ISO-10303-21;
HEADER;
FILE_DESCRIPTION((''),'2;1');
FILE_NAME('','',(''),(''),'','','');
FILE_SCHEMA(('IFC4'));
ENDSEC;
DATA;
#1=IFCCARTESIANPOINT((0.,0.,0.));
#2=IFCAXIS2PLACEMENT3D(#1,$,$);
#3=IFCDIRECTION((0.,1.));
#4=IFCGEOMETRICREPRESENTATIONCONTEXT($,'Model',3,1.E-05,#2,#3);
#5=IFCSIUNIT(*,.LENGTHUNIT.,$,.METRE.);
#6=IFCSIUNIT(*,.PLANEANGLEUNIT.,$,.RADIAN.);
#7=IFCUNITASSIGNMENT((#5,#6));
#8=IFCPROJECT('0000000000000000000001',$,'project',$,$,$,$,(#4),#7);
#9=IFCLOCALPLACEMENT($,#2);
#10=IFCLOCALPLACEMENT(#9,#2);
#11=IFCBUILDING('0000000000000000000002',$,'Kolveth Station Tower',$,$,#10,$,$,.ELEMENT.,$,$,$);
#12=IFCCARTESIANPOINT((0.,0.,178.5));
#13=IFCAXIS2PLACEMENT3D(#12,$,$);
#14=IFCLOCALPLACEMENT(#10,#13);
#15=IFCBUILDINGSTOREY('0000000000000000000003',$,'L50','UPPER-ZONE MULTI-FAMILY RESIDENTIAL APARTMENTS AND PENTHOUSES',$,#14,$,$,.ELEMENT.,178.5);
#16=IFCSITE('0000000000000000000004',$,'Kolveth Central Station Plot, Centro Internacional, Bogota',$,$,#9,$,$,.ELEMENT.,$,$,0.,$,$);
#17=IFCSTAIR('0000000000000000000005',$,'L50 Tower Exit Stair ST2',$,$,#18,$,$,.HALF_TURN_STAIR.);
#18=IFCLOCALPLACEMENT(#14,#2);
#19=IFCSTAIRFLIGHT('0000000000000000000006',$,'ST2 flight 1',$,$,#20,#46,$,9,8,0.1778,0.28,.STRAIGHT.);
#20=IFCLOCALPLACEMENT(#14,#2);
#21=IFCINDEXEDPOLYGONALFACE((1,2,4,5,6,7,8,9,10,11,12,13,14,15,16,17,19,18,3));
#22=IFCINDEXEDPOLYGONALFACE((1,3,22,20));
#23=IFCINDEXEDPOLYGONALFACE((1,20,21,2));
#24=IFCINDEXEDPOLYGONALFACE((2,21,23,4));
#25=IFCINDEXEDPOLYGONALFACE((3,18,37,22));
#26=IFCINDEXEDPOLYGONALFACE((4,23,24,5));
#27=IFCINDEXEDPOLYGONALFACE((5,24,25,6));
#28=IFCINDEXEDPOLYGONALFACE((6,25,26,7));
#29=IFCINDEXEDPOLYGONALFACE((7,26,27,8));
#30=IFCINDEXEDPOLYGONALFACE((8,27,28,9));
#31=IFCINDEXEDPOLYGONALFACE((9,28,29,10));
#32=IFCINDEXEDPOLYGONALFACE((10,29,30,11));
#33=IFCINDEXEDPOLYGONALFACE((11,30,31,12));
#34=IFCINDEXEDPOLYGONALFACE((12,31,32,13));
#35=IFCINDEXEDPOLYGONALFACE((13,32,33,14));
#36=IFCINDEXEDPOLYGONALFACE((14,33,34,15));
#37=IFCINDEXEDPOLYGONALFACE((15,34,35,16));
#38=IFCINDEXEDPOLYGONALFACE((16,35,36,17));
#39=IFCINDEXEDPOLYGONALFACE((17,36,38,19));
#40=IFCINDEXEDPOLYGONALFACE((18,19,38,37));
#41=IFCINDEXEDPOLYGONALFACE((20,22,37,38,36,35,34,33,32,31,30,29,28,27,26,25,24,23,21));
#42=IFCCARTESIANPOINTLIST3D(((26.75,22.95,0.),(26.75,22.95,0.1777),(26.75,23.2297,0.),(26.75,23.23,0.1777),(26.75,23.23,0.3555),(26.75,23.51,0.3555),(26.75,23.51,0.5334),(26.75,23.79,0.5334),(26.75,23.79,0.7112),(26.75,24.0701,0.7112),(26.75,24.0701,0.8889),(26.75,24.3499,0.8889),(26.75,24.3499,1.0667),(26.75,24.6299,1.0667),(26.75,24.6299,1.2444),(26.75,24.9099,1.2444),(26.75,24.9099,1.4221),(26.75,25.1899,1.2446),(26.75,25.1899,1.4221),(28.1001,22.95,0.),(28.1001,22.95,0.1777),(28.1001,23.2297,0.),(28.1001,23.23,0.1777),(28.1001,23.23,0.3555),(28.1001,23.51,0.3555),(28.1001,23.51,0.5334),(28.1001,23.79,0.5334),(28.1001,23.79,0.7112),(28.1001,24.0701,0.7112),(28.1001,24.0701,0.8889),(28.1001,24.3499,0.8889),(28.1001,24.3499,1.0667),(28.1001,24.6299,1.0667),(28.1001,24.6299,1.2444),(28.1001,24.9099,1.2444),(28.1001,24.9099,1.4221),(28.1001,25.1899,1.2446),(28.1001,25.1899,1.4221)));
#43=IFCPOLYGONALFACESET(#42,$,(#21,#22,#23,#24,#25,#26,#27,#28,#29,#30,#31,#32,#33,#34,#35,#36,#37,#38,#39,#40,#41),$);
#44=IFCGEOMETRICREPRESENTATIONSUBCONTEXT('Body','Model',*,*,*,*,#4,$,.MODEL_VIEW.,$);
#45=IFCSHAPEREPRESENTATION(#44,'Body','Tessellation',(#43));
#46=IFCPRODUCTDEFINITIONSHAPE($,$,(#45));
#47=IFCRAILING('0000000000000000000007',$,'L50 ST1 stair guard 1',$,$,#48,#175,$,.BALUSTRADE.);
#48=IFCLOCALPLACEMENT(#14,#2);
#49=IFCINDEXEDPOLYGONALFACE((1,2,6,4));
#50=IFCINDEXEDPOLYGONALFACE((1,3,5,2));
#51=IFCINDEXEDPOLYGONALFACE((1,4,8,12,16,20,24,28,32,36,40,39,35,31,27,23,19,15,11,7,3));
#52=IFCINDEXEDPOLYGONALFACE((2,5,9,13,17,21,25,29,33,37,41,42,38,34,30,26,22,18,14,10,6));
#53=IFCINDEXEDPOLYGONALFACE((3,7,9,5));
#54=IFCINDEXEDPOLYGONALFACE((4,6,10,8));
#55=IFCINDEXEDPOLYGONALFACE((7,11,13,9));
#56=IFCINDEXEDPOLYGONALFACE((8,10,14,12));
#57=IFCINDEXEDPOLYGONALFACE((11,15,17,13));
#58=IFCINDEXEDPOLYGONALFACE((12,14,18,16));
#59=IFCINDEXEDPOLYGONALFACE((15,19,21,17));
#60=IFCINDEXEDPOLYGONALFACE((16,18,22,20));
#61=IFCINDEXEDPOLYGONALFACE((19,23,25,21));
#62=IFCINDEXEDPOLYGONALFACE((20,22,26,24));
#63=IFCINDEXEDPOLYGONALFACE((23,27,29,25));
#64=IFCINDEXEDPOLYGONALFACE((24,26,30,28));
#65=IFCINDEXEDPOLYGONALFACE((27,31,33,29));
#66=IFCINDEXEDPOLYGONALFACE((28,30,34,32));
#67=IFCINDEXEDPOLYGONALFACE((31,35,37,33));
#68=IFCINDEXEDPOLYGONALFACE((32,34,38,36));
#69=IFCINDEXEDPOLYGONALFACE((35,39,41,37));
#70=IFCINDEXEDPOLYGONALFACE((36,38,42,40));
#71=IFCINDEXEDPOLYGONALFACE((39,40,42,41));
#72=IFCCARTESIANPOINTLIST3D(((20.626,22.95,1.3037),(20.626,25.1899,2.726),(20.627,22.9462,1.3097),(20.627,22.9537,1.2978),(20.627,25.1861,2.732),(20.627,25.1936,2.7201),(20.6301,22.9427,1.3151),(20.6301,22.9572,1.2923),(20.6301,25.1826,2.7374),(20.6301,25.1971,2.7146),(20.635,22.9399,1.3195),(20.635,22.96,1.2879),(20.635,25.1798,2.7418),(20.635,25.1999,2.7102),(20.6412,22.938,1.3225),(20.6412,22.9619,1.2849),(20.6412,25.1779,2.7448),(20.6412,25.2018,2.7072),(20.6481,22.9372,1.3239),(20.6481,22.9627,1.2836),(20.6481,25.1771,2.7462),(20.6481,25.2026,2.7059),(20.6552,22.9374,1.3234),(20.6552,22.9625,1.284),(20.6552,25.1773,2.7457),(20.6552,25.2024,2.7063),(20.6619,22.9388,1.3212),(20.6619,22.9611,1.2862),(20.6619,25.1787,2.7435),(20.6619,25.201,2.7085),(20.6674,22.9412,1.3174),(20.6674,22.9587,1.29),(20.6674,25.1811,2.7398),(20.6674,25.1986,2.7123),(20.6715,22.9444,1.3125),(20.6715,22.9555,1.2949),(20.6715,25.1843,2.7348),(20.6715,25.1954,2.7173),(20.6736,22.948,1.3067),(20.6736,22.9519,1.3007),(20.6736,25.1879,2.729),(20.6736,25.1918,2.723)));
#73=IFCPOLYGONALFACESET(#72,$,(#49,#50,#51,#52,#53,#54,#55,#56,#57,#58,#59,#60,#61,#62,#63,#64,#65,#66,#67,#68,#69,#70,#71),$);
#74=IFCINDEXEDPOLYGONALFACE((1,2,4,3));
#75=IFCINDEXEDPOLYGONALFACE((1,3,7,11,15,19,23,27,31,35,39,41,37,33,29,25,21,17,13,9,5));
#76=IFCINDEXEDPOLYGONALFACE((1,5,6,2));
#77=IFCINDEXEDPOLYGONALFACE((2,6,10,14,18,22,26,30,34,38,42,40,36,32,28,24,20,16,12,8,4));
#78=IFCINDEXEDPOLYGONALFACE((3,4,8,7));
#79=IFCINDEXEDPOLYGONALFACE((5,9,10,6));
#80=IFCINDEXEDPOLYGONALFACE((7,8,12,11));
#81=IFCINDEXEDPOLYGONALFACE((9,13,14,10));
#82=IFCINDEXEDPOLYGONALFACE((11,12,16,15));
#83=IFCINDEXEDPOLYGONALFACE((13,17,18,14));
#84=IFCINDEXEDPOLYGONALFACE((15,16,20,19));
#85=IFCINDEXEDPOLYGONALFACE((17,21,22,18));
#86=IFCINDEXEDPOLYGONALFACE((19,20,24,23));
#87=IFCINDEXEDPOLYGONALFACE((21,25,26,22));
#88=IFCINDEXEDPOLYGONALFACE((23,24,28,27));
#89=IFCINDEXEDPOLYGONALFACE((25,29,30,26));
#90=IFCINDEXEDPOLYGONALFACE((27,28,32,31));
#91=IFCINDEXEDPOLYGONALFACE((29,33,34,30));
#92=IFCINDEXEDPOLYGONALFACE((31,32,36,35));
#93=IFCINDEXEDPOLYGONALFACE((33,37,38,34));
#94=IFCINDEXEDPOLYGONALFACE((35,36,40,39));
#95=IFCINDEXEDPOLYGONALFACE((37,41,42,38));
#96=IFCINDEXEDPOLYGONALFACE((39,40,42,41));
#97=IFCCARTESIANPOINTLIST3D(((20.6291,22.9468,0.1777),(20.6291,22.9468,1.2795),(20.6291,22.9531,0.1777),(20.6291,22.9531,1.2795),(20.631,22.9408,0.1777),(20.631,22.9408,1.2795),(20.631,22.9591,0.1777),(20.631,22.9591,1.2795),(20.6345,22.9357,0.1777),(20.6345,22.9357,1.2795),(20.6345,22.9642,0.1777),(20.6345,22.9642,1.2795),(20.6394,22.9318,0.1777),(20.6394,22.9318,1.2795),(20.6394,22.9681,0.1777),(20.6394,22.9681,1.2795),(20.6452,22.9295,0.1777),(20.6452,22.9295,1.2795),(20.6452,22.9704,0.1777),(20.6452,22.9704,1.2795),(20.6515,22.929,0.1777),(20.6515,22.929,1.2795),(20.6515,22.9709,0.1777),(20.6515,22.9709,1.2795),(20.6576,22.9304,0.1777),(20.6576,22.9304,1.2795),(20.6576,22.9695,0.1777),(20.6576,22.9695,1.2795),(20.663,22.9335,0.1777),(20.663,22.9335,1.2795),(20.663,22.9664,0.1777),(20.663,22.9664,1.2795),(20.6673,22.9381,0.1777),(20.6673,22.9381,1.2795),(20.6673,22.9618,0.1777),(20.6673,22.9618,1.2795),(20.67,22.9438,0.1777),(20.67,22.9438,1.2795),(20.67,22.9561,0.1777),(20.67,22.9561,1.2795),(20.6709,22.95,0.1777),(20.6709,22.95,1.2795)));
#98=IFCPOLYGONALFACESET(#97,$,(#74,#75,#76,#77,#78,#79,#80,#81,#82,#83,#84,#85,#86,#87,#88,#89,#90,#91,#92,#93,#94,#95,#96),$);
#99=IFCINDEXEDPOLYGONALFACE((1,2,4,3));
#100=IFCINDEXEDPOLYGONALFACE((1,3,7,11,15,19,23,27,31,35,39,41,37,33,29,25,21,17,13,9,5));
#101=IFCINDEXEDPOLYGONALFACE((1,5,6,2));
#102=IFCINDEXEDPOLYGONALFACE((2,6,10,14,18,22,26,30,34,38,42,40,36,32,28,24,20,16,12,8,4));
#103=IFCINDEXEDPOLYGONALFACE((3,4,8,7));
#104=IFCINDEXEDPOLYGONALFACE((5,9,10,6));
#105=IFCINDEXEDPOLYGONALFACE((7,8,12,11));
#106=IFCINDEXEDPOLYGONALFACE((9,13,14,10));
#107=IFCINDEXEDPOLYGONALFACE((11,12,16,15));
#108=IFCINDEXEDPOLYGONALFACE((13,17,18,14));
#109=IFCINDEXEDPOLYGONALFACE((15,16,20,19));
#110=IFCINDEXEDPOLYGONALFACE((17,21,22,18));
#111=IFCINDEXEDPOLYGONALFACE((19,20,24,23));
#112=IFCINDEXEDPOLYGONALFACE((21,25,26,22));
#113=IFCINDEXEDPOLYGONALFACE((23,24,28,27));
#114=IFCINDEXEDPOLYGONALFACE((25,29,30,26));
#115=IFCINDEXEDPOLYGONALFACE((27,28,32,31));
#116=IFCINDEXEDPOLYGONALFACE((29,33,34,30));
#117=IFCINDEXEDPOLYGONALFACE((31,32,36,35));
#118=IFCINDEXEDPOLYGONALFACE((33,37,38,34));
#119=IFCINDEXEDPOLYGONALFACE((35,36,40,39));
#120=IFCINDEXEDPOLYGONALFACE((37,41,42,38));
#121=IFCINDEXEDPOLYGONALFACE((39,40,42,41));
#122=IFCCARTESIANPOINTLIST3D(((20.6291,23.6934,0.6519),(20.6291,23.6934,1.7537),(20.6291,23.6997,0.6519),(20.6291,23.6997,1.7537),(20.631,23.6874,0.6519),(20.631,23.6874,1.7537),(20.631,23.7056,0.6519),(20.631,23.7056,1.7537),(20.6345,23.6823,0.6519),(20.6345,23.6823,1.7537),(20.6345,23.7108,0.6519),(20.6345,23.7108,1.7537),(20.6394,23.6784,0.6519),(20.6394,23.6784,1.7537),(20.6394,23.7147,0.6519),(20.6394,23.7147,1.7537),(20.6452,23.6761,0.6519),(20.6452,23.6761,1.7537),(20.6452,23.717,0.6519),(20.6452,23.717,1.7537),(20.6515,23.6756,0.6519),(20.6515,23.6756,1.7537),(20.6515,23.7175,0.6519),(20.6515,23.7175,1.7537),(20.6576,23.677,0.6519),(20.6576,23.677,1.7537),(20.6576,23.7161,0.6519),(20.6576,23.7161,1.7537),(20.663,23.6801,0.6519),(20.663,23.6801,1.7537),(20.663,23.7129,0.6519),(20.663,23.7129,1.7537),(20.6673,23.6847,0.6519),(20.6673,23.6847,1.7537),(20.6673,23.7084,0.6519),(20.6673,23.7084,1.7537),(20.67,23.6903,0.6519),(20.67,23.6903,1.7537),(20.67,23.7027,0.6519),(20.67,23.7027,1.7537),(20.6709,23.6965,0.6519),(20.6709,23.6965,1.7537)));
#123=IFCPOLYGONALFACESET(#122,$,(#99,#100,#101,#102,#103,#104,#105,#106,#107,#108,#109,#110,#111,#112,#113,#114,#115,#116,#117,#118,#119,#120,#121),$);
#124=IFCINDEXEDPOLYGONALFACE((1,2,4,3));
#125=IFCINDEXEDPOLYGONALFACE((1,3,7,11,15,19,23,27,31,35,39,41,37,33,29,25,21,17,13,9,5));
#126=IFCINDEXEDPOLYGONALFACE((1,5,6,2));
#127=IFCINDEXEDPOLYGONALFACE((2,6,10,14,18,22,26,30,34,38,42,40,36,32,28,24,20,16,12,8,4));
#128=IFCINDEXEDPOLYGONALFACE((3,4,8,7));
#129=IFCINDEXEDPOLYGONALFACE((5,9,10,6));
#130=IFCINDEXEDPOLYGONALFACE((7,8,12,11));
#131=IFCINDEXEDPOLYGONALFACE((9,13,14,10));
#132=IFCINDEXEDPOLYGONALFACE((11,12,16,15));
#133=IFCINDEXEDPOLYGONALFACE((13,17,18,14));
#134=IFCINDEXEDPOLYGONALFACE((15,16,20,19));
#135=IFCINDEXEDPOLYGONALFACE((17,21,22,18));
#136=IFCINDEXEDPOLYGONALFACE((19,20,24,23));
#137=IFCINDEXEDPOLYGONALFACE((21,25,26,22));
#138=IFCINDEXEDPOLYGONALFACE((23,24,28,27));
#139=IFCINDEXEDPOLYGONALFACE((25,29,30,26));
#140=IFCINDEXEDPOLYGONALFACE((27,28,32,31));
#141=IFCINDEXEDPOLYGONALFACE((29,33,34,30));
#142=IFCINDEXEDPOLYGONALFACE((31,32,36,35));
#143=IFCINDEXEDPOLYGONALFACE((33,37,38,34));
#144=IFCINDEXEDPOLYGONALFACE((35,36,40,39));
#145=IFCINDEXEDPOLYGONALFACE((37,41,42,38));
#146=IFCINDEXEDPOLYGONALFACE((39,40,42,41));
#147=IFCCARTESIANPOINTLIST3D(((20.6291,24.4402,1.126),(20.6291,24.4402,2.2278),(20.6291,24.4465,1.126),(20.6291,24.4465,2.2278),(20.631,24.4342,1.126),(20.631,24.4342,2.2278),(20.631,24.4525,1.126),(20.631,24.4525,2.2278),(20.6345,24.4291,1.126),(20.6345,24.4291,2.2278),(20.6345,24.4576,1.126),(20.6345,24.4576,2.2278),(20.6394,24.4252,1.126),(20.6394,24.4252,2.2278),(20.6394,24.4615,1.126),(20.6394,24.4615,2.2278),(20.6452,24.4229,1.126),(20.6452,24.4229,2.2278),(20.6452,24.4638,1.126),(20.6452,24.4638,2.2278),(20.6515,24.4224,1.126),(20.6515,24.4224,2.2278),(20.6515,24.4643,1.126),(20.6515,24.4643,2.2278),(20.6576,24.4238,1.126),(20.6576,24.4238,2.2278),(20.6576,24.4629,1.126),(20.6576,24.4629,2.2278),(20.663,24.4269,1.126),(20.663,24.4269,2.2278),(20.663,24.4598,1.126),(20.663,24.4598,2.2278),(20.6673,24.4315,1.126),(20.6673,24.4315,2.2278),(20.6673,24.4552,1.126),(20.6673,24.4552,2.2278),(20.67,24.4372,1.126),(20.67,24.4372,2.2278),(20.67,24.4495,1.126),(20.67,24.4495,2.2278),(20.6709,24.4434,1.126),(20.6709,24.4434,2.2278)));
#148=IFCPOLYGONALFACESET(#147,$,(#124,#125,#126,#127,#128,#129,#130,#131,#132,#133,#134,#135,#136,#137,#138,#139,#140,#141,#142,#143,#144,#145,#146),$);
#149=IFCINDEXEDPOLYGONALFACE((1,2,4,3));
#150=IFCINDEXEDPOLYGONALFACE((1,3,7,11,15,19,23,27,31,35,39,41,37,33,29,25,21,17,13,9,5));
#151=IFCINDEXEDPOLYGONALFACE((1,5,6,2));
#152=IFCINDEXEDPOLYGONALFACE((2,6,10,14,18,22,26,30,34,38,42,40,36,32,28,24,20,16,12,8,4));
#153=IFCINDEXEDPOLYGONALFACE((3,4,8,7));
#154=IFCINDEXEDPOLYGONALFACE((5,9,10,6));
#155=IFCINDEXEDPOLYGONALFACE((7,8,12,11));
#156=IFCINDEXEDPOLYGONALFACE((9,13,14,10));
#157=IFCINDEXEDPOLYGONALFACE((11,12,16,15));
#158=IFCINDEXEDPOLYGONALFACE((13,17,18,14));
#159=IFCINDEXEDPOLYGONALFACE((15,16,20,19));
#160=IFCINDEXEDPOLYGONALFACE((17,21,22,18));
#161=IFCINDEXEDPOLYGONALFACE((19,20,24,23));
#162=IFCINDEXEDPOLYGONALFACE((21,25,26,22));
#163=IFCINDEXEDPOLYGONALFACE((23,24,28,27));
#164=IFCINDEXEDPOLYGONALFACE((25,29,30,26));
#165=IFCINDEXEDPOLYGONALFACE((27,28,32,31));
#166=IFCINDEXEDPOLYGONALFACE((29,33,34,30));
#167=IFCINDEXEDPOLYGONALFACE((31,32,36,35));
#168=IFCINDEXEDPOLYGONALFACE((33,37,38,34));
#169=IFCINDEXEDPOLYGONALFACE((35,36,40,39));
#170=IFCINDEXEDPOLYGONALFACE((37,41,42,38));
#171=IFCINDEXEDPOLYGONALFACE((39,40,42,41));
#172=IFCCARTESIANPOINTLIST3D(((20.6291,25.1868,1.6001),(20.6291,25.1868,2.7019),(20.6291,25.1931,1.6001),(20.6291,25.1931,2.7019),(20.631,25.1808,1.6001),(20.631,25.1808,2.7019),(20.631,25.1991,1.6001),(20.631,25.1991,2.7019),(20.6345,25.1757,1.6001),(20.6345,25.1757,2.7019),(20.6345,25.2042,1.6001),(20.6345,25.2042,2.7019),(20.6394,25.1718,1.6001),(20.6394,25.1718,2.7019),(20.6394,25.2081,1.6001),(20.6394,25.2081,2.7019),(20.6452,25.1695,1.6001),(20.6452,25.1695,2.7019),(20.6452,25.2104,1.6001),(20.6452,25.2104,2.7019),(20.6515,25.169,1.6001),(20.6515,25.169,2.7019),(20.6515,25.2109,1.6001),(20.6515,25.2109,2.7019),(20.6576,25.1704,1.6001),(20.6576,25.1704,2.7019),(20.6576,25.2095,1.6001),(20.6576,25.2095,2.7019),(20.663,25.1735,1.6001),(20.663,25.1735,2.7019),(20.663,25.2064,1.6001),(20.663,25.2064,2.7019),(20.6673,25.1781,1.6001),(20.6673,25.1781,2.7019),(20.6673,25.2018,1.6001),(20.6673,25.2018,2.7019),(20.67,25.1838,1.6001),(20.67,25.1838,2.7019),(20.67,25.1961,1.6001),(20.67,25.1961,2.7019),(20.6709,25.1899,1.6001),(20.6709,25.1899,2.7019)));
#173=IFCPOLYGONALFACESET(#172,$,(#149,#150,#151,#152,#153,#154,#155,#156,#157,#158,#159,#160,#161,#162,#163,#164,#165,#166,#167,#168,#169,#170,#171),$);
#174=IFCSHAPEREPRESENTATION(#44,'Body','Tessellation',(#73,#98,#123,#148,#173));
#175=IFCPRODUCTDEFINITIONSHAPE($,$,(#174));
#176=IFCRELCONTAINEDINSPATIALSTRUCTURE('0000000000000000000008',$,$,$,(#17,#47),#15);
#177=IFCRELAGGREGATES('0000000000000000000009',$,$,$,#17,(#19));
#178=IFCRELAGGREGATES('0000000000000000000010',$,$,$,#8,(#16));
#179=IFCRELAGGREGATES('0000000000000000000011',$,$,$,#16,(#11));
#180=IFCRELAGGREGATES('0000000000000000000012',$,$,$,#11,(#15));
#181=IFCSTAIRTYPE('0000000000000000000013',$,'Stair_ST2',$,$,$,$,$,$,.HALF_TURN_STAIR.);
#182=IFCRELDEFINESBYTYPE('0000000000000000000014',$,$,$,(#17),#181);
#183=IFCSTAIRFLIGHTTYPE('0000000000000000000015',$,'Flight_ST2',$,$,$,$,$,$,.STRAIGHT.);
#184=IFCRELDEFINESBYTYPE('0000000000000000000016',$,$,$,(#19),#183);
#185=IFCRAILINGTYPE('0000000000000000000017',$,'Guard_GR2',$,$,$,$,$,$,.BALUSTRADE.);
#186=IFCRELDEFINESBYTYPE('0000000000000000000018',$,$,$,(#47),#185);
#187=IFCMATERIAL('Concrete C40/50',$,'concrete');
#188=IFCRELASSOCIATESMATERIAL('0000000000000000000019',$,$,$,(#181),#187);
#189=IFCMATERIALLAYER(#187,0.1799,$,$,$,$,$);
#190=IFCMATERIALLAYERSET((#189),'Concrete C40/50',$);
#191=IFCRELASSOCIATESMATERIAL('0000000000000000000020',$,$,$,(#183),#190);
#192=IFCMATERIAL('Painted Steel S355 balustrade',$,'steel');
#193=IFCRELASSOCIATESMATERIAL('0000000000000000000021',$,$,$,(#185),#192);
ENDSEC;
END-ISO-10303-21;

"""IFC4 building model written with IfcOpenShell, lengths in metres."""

from ifc_helpers import new_model, si_unit, direction, frame, origin, origin_2d, place, context, subcontext, project, spatial, polyline, circle, outline, extrude, material, layer, layer_set, type_object, element, aggregate, save


model = new_model("IFC4")

# Units and contexts
model_context = context("Model", 3, precision=1e-05, world=origin(), true_north=direction((0.0, 1.0)))
body_context = subcontext(model_context, "Body", "Model", "MODEL_VIEW")
ifc_project = project(units=[si_unit("LENGTHUNIT", "METRE"), si_unit("PLANEANGLEUNIT", "RADIAN")], contexts=[model_context])

# Site, building, storey
site_placement = place(None, origin())
site = spatial("IfcSite", under=ifc_project, at=site_placement, Name="Kolveth Central Station Plot, Centro Internacional, Bogota", CompositionType="ELEMENT", RefElevation=0.0)
building_placement = place(site_placement, origin())
building = spatial("IfcBuilding", under=site, at=building_placement, Name="Kolveth Station Tower", CompositionType="ELEMENT")
storey_placement = place(building_placement, frame((0.0, 0.0, 178.5)))
storey = spatial("IfcBuildingStorey", under=building, at=storey_placement, Name="L50", Description="UPPER-ZONE MULTI-FAMILY RESIDENTIAL APARTMENTS AND PENTHOUSES", CompositionType="ELEMENT", Elevation=178.5)

# Shared definitions
ifc_material_1 = material(Name="Concrete C40/50", Category="concrete")

# Stair, stair flight
stair_type_1 = type_object("IfcStairType", Name="Stair_ST2", PredefinedType="HALF_TURN_STAIR", material=ifc_material_1)
stair_1_placement = place(storey_placement, origin())
stair_1 = element("IfcStair", 1, at=stair_1_placement, inside=storey, type_object=stair_type_1, Name="L50 Tower Exit Stair ST2", PredefinedType="HALF_TURN_STAIR")
ifc_layer_1 = layer(ifc_material_1, 0.1799)
ifc_layer_set_1 = layer_set([ifc_layer_1], Name="Concrete C40/50")
stair_flight_type_1 = type_object("IfcStairFlightType", Name="Flight_ST2", PredefinedType="STRAIGHT", material=ifc_layer_set_1)
stair_flight_1_placement = place(storey_placement, frame((27.425, 22.95, 0.0), z_axis=(0.0, 0.0, 1.0), x_axis=(0.0, 1.0, 0.0)))
stair_flight_1 = element("IfcStairFlight", 2, at=stair_flight_1_placement, type_object=stair_flight_type_1, Name="ST2 flight 1", NumberOfRisers=9, NumberOfTreads=8, PredefinedType="STRAIGHT", RiserHeight=0.1778, TreadLength=0.28, context=body_context, shape_type="SweptSolid", body=[
    extrude(outline(polyline([(0.0, 0.0), (0.0, 0.1777), (0.28, 0.1777), (0.28, 0.3555), (0.5601, 0.3555), (0.5601, 0.5334), (0.8401, 0.5334), (0.8401, 0.7112), (1.1201, 0.7112), (1.1201, 0.8889), (1.3999, 0.8889), (1.3999, 1.0667), (1.6799, 1.0667), (1.6799, 1.2444), (1.96, 1.2444), (1.96, 1.4221), (2.24, 1.4221), (2.24, 1.6001), (2.24, 1.2446), (0.2798, 0.0), (0.0, 0.0)])), frame((0.0, 0.675, 0.0), z_axis=(0.0, -1.0, 0.0), x_axis=(1.0, 0.0, 0.0)), (0.0, 0.0, 1.0), 1.3501),
])
aggregate(stair_1, [stair_flight_1])

# Railing
ifc_material_2 = material(Name="Painted Steel S355 balustrade", Category="steel")
railing_type_1 = type_object("IfcRailingType", Name="Guard_GR2", PredefinedType="BALUSTRADE", material=ifc_material_2)
for number, where, name in (
    (3, (20.6499, 22.95, 0.1777), "L50 ST1 stair guard 1"),
):
    element("IfcRailing", number, at=place(storey_placement, frame(where)), inside=storey, type_object=railing_type_1, Name=name, PredefinedType="BALUSTRADE", context=body_context, shape_type="SweptSolid", body=[
        extrude(circle(Radius=0.0239, at=origin_2d()), frame((0.0, 0.0, 1.126), z_axis=(0.0, 0.844188, 0.536048), x_axis=(-1.0, 0.0, 0.0)), (0.0, 0.0, 1.0), 2.6533),
        extrude(circle(Radius=0.021, at=origin_2d()), origin(), (0.0, 0.0, 1.0), 1.1018),
        extrude(circle(Radius=0.021, at=origin_2d()), frame((0.0, 0.7466, 0.4741)), (0.0, 0.0, 1.0), 1.1018),
        extrude(circle(Radius=0.021, at=origin_2d()), frame((0.0, 1.4934, 0.9482)), (0.0, 0.0, 1.0), 1.1018),
        extrude(circle(Radius=0.021, at=origin_2d()), frame((0.0, 2.24, 1.4224)), (0.0, 0.0, 1.0), 1.1018),
    ])

save(model, "model.ifc")
